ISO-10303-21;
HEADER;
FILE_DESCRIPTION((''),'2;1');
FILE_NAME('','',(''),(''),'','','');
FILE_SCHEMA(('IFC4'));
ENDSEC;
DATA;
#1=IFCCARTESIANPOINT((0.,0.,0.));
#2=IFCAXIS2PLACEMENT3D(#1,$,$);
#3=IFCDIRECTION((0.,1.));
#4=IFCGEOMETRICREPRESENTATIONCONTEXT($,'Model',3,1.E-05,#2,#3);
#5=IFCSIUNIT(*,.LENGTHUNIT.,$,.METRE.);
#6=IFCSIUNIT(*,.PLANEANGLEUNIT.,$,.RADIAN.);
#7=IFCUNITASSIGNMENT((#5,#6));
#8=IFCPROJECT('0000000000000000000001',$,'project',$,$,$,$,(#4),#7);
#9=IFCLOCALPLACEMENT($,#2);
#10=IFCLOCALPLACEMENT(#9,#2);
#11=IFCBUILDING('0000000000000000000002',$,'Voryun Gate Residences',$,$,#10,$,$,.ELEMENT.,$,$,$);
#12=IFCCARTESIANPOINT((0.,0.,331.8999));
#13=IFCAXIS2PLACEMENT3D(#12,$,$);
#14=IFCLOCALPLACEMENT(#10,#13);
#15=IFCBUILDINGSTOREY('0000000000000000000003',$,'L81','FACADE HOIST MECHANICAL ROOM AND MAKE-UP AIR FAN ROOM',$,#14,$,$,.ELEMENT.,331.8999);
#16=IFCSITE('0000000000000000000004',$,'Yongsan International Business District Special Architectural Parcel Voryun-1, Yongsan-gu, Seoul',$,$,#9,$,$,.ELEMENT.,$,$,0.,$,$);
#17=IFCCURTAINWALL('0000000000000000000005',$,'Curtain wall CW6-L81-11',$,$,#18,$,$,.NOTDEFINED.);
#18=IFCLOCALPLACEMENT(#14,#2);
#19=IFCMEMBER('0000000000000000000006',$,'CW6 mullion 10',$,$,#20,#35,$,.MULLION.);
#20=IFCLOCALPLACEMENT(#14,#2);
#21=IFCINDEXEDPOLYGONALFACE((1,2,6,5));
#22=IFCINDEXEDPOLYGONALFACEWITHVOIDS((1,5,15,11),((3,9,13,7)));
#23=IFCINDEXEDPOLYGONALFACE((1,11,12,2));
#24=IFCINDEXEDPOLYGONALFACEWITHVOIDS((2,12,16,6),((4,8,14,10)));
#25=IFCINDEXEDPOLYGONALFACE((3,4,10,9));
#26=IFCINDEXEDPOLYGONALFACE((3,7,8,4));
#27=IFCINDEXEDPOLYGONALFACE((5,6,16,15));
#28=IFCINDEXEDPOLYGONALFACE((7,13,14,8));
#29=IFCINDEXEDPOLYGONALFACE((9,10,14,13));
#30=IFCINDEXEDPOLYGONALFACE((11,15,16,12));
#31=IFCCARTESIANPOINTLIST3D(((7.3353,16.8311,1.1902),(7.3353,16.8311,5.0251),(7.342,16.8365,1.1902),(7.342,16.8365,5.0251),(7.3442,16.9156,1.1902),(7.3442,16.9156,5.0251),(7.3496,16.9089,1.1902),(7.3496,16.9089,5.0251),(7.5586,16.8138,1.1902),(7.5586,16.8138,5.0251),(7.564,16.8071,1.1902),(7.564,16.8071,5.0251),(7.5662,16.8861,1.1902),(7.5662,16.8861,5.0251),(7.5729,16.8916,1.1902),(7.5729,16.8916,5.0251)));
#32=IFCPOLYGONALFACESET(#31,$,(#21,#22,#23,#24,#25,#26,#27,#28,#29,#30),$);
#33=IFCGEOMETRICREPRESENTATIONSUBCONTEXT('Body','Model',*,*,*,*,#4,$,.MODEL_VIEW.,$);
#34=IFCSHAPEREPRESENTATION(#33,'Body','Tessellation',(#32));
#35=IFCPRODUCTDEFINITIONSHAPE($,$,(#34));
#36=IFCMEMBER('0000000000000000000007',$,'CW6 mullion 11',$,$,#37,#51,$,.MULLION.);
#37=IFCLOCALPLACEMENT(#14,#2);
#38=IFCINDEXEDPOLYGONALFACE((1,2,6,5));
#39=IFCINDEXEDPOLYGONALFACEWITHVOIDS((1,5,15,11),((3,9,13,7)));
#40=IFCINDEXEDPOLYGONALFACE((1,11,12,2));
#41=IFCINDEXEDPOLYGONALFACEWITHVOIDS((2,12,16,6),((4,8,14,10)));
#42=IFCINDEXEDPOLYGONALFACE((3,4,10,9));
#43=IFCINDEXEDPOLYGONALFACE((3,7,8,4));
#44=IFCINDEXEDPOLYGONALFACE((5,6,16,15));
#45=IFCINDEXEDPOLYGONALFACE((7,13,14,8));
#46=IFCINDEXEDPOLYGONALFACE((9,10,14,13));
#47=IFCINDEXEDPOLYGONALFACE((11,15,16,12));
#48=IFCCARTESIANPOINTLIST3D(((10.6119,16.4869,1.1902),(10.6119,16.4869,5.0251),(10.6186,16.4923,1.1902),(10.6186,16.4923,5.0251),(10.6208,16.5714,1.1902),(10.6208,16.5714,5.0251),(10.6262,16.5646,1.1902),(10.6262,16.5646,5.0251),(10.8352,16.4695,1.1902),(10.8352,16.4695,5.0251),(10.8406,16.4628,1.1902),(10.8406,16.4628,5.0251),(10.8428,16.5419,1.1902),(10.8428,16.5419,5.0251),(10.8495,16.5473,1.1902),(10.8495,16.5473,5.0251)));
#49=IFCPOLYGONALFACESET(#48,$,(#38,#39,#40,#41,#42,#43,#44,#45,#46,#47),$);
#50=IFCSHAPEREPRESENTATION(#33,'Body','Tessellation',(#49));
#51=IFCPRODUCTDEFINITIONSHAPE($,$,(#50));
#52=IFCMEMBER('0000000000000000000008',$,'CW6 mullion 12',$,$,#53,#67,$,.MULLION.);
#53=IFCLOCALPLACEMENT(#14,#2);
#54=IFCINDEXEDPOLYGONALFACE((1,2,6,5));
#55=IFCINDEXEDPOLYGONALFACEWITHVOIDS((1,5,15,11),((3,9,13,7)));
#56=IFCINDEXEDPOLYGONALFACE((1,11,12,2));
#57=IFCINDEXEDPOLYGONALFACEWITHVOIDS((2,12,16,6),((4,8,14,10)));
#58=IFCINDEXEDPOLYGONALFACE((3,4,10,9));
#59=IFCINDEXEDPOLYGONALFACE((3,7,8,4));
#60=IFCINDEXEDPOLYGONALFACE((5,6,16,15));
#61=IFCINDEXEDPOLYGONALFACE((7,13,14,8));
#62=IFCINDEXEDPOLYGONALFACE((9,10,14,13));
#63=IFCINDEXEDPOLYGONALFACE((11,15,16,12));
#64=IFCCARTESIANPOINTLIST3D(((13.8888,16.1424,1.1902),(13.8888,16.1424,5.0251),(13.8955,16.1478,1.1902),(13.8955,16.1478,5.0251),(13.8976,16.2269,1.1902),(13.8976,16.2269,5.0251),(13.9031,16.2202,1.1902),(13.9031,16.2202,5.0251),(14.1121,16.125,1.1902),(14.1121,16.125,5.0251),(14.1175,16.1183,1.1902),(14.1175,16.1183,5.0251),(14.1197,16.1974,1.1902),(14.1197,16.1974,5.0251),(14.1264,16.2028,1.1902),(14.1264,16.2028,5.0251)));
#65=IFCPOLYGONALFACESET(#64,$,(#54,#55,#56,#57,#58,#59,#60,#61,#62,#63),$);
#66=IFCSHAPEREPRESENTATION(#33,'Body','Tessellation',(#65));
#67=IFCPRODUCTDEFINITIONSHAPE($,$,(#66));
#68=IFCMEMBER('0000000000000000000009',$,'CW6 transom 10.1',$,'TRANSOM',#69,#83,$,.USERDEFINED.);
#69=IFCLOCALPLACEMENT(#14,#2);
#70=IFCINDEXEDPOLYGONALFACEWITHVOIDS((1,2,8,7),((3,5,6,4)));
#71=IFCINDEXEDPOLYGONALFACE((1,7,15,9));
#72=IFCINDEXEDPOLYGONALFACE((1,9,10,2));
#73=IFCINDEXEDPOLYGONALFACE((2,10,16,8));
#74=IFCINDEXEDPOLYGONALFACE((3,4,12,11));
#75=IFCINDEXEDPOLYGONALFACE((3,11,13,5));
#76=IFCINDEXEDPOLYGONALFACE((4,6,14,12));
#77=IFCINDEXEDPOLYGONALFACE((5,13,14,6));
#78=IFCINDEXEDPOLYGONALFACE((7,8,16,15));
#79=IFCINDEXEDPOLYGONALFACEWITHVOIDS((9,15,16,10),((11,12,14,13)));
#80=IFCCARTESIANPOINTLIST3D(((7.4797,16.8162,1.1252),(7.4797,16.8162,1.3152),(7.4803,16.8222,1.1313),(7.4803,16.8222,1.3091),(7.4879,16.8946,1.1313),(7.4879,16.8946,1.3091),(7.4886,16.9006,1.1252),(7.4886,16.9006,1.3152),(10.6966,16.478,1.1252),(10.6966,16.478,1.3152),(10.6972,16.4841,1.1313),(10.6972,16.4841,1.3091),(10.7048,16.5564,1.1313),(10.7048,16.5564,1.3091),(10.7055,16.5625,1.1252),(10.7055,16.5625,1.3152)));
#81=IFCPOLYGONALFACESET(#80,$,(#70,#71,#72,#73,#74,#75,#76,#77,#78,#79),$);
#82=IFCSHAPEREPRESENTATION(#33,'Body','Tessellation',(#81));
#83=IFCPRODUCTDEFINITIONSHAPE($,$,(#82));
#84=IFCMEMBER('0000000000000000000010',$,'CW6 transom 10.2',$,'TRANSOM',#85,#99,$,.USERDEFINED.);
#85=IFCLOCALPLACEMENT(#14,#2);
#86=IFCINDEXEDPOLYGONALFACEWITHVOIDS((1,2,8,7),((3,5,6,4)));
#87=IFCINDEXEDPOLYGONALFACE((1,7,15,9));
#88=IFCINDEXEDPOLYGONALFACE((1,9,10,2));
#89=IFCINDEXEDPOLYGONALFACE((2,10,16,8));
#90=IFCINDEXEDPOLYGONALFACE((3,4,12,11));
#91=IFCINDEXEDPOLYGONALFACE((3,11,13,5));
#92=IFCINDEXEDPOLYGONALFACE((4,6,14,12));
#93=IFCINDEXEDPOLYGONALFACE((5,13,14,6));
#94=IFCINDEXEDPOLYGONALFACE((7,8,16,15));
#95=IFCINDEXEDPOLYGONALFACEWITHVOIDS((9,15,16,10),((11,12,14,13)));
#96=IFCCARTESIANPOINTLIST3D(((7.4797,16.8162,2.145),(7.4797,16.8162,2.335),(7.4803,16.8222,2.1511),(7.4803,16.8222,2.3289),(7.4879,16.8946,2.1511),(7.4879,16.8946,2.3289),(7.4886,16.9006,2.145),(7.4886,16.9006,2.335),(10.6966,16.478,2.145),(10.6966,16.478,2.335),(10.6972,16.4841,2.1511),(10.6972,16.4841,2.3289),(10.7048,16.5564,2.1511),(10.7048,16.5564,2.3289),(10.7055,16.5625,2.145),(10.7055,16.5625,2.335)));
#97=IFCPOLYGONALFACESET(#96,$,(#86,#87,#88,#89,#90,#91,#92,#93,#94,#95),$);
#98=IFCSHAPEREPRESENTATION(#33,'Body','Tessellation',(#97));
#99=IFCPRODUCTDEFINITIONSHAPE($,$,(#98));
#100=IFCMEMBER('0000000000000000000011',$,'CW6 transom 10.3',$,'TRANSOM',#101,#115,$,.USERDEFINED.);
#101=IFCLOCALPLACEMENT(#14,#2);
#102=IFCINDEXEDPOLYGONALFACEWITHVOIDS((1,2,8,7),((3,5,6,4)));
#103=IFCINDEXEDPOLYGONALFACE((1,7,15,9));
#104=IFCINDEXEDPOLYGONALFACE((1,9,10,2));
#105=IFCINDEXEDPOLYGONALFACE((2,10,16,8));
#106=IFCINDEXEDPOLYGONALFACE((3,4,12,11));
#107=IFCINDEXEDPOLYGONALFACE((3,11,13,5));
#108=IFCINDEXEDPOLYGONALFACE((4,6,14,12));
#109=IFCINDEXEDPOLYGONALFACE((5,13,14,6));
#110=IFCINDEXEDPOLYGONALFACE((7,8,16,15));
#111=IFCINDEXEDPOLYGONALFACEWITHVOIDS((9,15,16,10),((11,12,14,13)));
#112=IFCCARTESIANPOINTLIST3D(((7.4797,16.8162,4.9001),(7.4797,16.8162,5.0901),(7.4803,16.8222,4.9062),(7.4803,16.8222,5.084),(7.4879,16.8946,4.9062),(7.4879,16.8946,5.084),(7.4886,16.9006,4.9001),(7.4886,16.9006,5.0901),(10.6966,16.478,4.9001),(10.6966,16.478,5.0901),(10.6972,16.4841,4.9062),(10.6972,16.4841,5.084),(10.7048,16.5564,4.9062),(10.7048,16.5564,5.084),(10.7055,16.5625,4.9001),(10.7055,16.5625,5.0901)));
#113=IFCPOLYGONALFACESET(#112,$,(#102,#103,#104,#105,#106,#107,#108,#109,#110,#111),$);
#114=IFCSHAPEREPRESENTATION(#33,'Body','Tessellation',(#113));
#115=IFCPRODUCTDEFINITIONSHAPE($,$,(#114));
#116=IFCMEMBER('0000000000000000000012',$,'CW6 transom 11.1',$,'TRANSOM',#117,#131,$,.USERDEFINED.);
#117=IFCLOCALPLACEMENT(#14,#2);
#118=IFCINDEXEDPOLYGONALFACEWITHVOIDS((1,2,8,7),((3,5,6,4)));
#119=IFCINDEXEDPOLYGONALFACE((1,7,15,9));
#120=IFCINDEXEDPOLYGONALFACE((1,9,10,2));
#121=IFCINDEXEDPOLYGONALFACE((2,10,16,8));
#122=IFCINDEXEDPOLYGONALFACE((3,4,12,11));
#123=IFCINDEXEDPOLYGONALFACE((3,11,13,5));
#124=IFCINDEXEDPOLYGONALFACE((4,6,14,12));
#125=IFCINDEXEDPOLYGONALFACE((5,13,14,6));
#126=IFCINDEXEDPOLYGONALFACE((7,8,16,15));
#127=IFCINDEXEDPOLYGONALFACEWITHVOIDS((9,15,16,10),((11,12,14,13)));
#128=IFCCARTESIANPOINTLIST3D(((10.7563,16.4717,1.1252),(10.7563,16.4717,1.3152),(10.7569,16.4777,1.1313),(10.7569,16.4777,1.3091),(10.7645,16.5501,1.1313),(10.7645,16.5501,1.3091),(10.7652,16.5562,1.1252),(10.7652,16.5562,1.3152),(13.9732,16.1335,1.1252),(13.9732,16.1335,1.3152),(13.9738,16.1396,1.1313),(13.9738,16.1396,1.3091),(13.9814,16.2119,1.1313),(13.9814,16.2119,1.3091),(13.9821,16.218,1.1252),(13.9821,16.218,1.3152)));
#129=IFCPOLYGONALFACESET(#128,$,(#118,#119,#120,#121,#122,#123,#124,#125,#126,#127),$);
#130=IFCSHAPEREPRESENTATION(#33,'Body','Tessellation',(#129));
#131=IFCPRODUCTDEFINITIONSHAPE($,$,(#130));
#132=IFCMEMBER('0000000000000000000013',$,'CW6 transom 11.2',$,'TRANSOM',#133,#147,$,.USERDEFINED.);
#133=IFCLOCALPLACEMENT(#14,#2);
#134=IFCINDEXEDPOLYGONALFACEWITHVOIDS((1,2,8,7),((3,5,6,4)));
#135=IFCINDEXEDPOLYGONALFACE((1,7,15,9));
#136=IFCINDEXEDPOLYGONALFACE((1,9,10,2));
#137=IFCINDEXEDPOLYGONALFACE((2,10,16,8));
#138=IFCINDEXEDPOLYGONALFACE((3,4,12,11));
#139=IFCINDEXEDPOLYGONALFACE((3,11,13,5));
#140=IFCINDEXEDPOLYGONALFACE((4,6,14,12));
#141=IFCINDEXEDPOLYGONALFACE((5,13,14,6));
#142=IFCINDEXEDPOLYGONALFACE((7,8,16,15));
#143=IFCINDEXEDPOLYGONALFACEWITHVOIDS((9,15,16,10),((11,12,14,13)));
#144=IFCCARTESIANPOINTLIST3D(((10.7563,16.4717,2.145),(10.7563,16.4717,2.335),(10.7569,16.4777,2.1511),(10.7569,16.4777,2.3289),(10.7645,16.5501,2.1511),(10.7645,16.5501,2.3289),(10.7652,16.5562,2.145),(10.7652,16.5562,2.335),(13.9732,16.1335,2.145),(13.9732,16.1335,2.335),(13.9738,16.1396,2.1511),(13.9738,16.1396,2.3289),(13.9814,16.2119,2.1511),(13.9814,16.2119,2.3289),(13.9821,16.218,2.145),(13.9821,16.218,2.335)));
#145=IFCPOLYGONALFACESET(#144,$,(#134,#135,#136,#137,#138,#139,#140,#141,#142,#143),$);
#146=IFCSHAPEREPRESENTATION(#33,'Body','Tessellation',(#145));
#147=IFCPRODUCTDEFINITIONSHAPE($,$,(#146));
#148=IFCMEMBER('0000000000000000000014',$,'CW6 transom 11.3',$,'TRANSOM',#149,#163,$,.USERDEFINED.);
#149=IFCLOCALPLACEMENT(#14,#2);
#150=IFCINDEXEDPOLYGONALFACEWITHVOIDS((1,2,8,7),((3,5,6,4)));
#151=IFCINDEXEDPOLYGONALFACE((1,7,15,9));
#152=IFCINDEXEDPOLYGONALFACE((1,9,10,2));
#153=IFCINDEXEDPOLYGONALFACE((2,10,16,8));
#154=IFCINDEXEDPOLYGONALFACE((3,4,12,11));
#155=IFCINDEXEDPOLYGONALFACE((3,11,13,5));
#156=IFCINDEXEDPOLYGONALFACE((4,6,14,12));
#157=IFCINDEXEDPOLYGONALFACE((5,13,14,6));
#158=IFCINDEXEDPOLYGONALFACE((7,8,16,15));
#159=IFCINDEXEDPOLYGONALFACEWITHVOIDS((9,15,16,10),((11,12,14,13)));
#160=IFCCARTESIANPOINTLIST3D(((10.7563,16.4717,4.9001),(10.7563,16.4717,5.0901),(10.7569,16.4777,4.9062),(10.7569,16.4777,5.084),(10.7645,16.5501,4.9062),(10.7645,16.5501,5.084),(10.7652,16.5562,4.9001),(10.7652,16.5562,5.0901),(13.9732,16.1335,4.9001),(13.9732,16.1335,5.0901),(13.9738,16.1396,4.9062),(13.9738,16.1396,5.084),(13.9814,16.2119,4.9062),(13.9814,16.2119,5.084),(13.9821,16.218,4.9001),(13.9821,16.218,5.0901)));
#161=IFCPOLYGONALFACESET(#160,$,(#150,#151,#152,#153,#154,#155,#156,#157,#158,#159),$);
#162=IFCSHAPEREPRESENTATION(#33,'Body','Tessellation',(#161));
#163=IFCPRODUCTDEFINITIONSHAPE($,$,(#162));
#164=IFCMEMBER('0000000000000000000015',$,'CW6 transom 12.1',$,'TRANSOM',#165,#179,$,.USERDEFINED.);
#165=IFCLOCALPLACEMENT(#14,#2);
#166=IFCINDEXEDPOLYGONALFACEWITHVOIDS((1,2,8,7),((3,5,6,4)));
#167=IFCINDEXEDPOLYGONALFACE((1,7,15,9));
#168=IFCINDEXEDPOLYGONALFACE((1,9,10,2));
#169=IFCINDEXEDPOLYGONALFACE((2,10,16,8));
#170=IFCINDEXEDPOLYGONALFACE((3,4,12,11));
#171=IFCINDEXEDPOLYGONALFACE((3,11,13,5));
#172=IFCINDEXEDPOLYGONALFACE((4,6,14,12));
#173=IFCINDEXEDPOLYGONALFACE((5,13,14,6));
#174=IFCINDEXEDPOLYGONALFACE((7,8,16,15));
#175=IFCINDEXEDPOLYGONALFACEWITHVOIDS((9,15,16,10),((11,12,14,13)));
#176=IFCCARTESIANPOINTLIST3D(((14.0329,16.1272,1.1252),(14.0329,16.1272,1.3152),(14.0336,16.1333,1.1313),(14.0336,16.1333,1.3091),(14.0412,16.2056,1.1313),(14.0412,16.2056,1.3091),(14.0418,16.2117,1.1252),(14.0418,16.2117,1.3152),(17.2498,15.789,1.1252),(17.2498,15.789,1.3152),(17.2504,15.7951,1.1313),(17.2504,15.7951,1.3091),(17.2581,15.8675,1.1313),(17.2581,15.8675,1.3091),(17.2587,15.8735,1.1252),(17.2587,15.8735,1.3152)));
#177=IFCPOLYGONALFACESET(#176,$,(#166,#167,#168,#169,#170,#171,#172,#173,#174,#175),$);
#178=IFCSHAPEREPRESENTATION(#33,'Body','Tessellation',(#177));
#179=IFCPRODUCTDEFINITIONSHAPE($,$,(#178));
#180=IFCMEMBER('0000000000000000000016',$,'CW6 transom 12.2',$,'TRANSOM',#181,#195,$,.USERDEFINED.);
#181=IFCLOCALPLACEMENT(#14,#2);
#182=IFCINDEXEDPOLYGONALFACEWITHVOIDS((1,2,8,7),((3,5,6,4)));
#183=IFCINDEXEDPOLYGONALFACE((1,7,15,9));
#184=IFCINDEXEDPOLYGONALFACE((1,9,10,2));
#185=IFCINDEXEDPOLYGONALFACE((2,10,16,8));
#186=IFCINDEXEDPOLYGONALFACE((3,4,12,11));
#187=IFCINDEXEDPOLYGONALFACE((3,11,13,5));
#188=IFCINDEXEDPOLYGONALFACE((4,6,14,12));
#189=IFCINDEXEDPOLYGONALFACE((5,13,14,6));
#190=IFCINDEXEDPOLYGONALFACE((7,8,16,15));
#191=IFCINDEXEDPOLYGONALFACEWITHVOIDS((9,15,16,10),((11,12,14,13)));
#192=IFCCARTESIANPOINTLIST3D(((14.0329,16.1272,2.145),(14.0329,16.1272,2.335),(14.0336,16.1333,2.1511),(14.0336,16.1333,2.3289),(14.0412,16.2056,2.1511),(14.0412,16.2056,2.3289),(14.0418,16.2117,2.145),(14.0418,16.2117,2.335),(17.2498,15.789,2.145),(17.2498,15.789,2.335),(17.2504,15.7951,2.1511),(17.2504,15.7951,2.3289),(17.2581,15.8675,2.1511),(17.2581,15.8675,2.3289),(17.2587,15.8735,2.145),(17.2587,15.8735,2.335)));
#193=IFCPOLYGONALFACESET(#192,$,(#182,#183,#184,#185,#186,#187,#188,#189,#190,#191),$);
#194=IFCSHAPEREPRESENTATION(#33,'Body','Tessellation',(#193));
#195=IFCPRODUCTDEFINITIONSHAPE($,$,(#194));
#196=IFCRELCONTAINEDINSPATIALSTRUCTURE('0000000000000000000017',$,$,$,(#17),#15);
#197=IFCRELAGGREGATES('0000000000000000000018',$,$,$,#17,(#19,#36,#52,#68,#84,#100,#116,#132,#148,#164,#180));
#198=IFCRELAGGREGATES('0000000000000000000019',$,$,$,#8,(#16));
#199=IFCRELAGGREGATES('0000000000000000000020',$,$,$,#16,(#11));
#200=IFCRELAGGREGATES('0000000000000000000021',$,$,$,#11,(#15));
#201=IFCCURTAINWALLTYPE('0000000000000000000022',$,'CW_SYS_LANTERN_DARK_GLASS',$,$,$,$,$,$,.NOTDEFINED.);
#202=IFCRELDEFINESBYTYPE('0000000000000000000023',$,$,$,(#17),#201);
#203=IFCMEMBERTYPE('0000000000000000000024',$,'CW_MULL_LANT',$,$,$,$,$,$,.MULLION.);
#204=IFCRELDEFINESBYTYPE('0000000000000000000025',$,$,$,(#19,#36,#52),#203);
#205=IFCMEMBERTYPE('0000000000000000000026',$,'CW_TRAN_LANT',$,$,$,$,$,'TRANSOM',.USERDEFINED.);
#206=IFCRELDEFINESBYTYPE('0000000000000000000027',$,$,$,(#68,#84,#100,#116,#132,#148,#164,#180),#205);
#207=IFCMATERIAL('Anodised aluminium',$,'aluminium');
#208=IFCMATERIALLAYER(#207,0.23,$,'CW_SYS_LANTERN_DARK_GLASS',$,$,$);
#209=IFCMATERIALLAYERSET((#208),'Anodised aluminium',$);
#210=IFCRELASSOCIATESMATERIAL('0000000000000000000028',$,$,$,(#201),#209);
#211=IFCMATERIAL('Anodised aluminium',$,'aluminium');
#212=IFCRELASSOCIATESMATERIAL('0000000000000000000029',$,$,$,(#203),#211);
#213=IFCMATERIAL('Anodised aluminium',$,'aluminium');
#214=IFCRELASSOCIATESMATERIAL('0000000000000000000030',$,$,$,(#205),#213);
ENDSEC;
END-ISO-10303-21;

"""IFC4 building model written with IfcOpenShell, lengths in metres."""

from ifc_helpers import new_model, si_unit, direction, frame, origin, origin_2d, place, context, subcontext, project, spatial, hollow_rectangle, extrude, material, layer, layer_set, material_profile, profile_set, type_object, element, aggregate, save


model = new_model("IFC4")

# Units and contexts
model_context = context("Model", 3, precision=1e-05, world=origin(), true_north=direction((0.0, 1.0)))
body_context = subcontext(model_context, "Body", "Model", "MODEL_VIEW")
ifc_project = project(units=[si_unit("LENGTHUNIT", "METRE"), si_unit("PLANEANGLEUNIT", "RADIAN")], contexts=[model_context])

# Site, building, storey
site_placement = place(None, origin())
site = spatial("IfcSite", under=ifc_project, at=site_placement, Name="Yongsan International Business District Special Architectural Parcel Voryun-1, Yongsan-gu, Seoul", CompositionType="ELEMENT", RefElevation=0.0)
building_placement = place(site_placement, origin())
building = spatial("IfcBuilding", under=site, at=building_placement, Name="Voryun Gate Residences", CompositionType="ELEMENT")
storey_placement = place(building_placement, frame((0.0, 0.0, 331.8999)))
storey = spatial("IfcBuildingStorey", under=building, at=storey_placement, Name="L81", Description="FACADE HOIST MECHANICAL ROOM AND MAKE-UP AIR FAN ROOM", CompositionType="ELEMENT", Elevation=331.8999)

# Curtain wall, members
ifc_material_1 = material(Name="Anodised aluminium", Category="aluminium")
ifc_layer_1 = layer(ifc_material_1, 0.23, Name="CW_SYS_LANTERN_DARK_GLASS")
ifc_layer_set_1 = layer_set([ifc_layer_1], Name="Anodised aluminium")
curtain_wall_type = type_object("IfcCurtainWallType", Name="CW_SYS_LANTERN_DARK_GLASS", PredefinedType="NOTDEFINED", material=ifc_layer_set_1)
curtain_wall_placement = place(storey_placement, origin())
curtain_wall = element("IfcCurtainWall", 1, at=curtain_wall_placement, inside=storey, type_object=curtain_wall_type, Name="Curtain wall CW6-L81-11", PredefinedType="NOTDEFINED")
ifc_material_2 = material(Name="Anodised aluminium", Category="aluminium")
ifc_material_profile_1 = material_profile(ifc_material_2, hollow_rectangle(XDim=0.085, YDim=0.23, WallThickness=0.0061, at=origin_2d()), Name="ALU-MULL-230x85x6")
ifc_profile_set_1 = profile_set([ifc_material_profile_1], Name="Anodised aluminium")
member_type_1 = type_object("IfcMemberType", Name="CW_MULL_LANT", PredefinedType="MULLION", material=ifc_profile_set_1)
member_1_placement = place(storey_placement, frame((7.4541, 16.8613, 1.1902), z_axis=(0.0, 0.0, 1.0), x_axis=(0.104528, 0.994522, 0.0)))
member_1 = element("IfcMember", 2, at=member_1_placement, type_object=member_type_1, Name="CW6 mullion 10", PredefinedType="MULLION", context=body_context, shape_type="SweptSolid", body=[
    extrude(hollow_rectangle(XDim=0.085, YDim=0.23, WallThickness=0.0061, at=origin_2d()), origin(), (0.0, 0.0, 1.0), 3.835),
])
member_2_placement = place(storey_placement, frame((10.7307, 16.5171, 1.1902), z_axis=(0.0, 0.0, 1.0), x_axis=(0.104528, 0.994522, 0.0)))
member_2 = element("IfcMember", 3, at=member_2_placement, type_object=member_type_1, Name="CW6 mullion 11", PredefinedType="MULLION", context=body_context, shape_type="SweptSolid", body=[
    extrude(hollow_rectangle(XDim=0.085, YDim=0.23, WallThickness=0.0061, at=origin_2d()), origin(), (0.0, 0.0, 1.0), 3.835),
])
member_3_placement = place(storey_placement, frame((14.0076, 16.1726, 1.1902), z_axis=(0.0, 0.0, 1.0), x_axis=(0.104528, 0.994522, 0.0)))
member_3 = element("IfcMember", 4, at=member_3_placement, type_object=member_type_1, Name="CW6 mullion 12", PredefinedType="MULLION", context=body_context, shape_type="SweptSolid", body=[
    extrude(hollow_rectangle(XDim=0.085, YDim=0.23, WallThickness=0.0061, at=origin_2d()), origin(), (0.0, 0.0, 1.0), 3.835),
])
ifc_material_3 = material(Name="Anodised aluminium", Category="aluminium")
ifc_material_profile_2 = material_profile(ifc_material_3, hollow_rectangle(XDim=0.085, YDim=0.1899, WallThickness=0.0061, at=origin_2d()), Name="ALU-TRAN-190x85x6")
ifc_profile_set_2 = profile_set([ifc_material_profile_2], Name="Anodised aluminium")
member_type_2 = type_object("IfcMemberType", Name="CW_TRAN_LANT", ElementType="TRANSOM", PredefinedType="USERDEFINED", material=ifc_profile_set_2)
member_4_placement = place(storey_placement, frame((7.4841, 16.8584, 1.2202), z_axis=(0.994521, -0.104539, 0.0), x_axis=(0.104539, 0.994521, 0.0)))
member_4 = element("IfcMember", 5, at=member_4_placement, type_object=member_type_2, Name="CW6 transom 10.1", ObjectType="TRANSOM", PredefinedType="USERDEFINED", context=body_context, shape_type="SweptSolid", body=[
    extrude(hollow_rectangle(XDim=0.085, YDim=0.1899, WallThickness=0.0061, at=origin_2d()), origin(), (0.0, 0.0, 1.0), 3.2346),
])
member_5_placement = place(storey_placement, frame((7.4841, 16.8584, 2.24), z_axis=(0.994521, -0.104539, 0.0), x_axis=(0.104539, 0.994521, 0.0)))
member_5 = element("IfcMember", 6, at=member_5_placement, type_object=member_type_2, Name="CW6 transom 10.2", ObjectType="TRANSOM", PredefinedType="USERDEFINED", context=body_context, shape_type="SweptSolid", body=[
    extrude(hollow_rectangle(XDim=0.085, YDim=0.1899, WallThickness=0.0061, at=origin_2d()), origin(), (0.0, 0.0, 1.0), 3.2346),
])
member_6_placement = place(storey_placement, frame((7.4841, 16.8584, 4.9951), z_axis=(0.994521, -0.104539, 0.0), x_axis=(0.104539, 0.994521, 0.0)))
member_6 = element("IfcMember", 7, at=member_6_placement, type_object=member_type_2, Name="CW6 transom 10.3", ObjectType="TRANSOM", PredefinedType="USERDEFINED", context=body_context, shape_type="SweptSolid", body=[
    extrude(hollow_rectangle(XDim=0.085, YDim=0.1899, WallThickness=0.0061, at=origin_2d()), origin(), (0.0, 0.0, 1.0), 3.2346),
])
member_7_placement = place(storey_placement, frame((10.7607, 16.5139, 1.2202), z_axis=(0.994521, -0.104539, 0.0), x_axis=(0.104539, 0.994521, 0.0)))
member_7 = element("IfcMember", 8, at=member_7_placement, type_object=member_type_2, Name="CW6 transom 11.1", ObjectType="TRANSOM", PredefinedType="USERDEFINED", context=body_context, shape_type="SweptSolid", body=[
    extrude(hollow_rectangle(XDim=0.085, YDim=0.1899, WallThickness=0.0061, at=origin_2d()), origin(), (0.0, 0.0, 1.0), 3.2346),
])
member_8_placement = place(storey_placement, frame((10.7607, 16.5139, 2.24), z_axis=(0.994521, -0.104539, 0.0), x_axis=(0.104539, 0.994521, 0.0)))
member_8 = element("IfcMember", 9, at=member_8_placement, type_object=member_type_2, Name="CW6 transom 11.2", ObjectType="TRANSOM", PredefinedType="USERDEFINED", context=body_context, shape_type="SweptSolid", body=[
    extrude(hollow_rectangle(XDim=0.085, YDim=0.1899, WallThickness=0.0061, at=origin_2d()), origin(), (0.0, 0.0, 1.0), 3.2346),
])
member_9_placement = place(storey_placement, frame((10.7607, 16.5139, 4.9951), z_axis=(0.994521, -0.104539, 0.0), x_axis=(0.104539, 0.994521, 0.0)))
member_9 = element("IfcMember", 10, at=member_9_placement, type_object=member_type_2, Name="CW6 transom 11.3", ObjectType="TRANSOM", PredefinedType="USERDEFINED", context=body_context, shape_type="SweptSolid", body=[
    extrude(hollow_rectangle(XDim=0.085, YDim=0.1899, WallThickness=0.0061, at=origin_2d()), origin(), (0.0, 0.0, 1.0), 3.2346),
])
member_10_placement = place(storey_placement, frame((14.0374, 16.1694, 1.2202), z_axis=(0.994521, -0.104539, 0.0), x_axis=(0.104539, 0.994521, 0.0)))
member_10 = element("IfcMember", 11, at=member_10_placement, type_object=member_type_2, Name="CW6 transom 12.1", ObjectType="TRANSOM", PredefinedType="USERDEFINED", context=body_context, shape_type="SweptSolid", body=[
    extrude(hollow_rectangle(XDim=0.085, YDim=0.1899, WallThickness=0.0061, at=origin_2d()), origin(), (0.0, 0.0, 1.0), 3.2346),
])
member_11_placement = place(storey_placement, frame((14.0374, 16.1694, 2.24), z_axis=(0.994521, -0.104539, 0.0), x_axis=(0.104539, 0.994521, 0.0)))
member_11 = element("IfcMember", 12, at=member_11_placement, type_object=member_type_2, Name="CW6 transom 12.2", ObjectType="TRANSOM", PredefinedType="USERDEFINED", context=body_context, shape_type="SweptSolid", body=[
    extrude(hollow_rectangle(XDim=0.085, YDim=0.1899, WallThickness=0.0061, at=origin_2d()), origin(), (0.0, 0.0, 1.0), 3.2346),
])

aggregate(curtain_wall, [member_1, member_2, member_3, member_4, member_5, member_6, member_7, member_8, member_9, member_10, member_11])

save(model, "model.ifc")
